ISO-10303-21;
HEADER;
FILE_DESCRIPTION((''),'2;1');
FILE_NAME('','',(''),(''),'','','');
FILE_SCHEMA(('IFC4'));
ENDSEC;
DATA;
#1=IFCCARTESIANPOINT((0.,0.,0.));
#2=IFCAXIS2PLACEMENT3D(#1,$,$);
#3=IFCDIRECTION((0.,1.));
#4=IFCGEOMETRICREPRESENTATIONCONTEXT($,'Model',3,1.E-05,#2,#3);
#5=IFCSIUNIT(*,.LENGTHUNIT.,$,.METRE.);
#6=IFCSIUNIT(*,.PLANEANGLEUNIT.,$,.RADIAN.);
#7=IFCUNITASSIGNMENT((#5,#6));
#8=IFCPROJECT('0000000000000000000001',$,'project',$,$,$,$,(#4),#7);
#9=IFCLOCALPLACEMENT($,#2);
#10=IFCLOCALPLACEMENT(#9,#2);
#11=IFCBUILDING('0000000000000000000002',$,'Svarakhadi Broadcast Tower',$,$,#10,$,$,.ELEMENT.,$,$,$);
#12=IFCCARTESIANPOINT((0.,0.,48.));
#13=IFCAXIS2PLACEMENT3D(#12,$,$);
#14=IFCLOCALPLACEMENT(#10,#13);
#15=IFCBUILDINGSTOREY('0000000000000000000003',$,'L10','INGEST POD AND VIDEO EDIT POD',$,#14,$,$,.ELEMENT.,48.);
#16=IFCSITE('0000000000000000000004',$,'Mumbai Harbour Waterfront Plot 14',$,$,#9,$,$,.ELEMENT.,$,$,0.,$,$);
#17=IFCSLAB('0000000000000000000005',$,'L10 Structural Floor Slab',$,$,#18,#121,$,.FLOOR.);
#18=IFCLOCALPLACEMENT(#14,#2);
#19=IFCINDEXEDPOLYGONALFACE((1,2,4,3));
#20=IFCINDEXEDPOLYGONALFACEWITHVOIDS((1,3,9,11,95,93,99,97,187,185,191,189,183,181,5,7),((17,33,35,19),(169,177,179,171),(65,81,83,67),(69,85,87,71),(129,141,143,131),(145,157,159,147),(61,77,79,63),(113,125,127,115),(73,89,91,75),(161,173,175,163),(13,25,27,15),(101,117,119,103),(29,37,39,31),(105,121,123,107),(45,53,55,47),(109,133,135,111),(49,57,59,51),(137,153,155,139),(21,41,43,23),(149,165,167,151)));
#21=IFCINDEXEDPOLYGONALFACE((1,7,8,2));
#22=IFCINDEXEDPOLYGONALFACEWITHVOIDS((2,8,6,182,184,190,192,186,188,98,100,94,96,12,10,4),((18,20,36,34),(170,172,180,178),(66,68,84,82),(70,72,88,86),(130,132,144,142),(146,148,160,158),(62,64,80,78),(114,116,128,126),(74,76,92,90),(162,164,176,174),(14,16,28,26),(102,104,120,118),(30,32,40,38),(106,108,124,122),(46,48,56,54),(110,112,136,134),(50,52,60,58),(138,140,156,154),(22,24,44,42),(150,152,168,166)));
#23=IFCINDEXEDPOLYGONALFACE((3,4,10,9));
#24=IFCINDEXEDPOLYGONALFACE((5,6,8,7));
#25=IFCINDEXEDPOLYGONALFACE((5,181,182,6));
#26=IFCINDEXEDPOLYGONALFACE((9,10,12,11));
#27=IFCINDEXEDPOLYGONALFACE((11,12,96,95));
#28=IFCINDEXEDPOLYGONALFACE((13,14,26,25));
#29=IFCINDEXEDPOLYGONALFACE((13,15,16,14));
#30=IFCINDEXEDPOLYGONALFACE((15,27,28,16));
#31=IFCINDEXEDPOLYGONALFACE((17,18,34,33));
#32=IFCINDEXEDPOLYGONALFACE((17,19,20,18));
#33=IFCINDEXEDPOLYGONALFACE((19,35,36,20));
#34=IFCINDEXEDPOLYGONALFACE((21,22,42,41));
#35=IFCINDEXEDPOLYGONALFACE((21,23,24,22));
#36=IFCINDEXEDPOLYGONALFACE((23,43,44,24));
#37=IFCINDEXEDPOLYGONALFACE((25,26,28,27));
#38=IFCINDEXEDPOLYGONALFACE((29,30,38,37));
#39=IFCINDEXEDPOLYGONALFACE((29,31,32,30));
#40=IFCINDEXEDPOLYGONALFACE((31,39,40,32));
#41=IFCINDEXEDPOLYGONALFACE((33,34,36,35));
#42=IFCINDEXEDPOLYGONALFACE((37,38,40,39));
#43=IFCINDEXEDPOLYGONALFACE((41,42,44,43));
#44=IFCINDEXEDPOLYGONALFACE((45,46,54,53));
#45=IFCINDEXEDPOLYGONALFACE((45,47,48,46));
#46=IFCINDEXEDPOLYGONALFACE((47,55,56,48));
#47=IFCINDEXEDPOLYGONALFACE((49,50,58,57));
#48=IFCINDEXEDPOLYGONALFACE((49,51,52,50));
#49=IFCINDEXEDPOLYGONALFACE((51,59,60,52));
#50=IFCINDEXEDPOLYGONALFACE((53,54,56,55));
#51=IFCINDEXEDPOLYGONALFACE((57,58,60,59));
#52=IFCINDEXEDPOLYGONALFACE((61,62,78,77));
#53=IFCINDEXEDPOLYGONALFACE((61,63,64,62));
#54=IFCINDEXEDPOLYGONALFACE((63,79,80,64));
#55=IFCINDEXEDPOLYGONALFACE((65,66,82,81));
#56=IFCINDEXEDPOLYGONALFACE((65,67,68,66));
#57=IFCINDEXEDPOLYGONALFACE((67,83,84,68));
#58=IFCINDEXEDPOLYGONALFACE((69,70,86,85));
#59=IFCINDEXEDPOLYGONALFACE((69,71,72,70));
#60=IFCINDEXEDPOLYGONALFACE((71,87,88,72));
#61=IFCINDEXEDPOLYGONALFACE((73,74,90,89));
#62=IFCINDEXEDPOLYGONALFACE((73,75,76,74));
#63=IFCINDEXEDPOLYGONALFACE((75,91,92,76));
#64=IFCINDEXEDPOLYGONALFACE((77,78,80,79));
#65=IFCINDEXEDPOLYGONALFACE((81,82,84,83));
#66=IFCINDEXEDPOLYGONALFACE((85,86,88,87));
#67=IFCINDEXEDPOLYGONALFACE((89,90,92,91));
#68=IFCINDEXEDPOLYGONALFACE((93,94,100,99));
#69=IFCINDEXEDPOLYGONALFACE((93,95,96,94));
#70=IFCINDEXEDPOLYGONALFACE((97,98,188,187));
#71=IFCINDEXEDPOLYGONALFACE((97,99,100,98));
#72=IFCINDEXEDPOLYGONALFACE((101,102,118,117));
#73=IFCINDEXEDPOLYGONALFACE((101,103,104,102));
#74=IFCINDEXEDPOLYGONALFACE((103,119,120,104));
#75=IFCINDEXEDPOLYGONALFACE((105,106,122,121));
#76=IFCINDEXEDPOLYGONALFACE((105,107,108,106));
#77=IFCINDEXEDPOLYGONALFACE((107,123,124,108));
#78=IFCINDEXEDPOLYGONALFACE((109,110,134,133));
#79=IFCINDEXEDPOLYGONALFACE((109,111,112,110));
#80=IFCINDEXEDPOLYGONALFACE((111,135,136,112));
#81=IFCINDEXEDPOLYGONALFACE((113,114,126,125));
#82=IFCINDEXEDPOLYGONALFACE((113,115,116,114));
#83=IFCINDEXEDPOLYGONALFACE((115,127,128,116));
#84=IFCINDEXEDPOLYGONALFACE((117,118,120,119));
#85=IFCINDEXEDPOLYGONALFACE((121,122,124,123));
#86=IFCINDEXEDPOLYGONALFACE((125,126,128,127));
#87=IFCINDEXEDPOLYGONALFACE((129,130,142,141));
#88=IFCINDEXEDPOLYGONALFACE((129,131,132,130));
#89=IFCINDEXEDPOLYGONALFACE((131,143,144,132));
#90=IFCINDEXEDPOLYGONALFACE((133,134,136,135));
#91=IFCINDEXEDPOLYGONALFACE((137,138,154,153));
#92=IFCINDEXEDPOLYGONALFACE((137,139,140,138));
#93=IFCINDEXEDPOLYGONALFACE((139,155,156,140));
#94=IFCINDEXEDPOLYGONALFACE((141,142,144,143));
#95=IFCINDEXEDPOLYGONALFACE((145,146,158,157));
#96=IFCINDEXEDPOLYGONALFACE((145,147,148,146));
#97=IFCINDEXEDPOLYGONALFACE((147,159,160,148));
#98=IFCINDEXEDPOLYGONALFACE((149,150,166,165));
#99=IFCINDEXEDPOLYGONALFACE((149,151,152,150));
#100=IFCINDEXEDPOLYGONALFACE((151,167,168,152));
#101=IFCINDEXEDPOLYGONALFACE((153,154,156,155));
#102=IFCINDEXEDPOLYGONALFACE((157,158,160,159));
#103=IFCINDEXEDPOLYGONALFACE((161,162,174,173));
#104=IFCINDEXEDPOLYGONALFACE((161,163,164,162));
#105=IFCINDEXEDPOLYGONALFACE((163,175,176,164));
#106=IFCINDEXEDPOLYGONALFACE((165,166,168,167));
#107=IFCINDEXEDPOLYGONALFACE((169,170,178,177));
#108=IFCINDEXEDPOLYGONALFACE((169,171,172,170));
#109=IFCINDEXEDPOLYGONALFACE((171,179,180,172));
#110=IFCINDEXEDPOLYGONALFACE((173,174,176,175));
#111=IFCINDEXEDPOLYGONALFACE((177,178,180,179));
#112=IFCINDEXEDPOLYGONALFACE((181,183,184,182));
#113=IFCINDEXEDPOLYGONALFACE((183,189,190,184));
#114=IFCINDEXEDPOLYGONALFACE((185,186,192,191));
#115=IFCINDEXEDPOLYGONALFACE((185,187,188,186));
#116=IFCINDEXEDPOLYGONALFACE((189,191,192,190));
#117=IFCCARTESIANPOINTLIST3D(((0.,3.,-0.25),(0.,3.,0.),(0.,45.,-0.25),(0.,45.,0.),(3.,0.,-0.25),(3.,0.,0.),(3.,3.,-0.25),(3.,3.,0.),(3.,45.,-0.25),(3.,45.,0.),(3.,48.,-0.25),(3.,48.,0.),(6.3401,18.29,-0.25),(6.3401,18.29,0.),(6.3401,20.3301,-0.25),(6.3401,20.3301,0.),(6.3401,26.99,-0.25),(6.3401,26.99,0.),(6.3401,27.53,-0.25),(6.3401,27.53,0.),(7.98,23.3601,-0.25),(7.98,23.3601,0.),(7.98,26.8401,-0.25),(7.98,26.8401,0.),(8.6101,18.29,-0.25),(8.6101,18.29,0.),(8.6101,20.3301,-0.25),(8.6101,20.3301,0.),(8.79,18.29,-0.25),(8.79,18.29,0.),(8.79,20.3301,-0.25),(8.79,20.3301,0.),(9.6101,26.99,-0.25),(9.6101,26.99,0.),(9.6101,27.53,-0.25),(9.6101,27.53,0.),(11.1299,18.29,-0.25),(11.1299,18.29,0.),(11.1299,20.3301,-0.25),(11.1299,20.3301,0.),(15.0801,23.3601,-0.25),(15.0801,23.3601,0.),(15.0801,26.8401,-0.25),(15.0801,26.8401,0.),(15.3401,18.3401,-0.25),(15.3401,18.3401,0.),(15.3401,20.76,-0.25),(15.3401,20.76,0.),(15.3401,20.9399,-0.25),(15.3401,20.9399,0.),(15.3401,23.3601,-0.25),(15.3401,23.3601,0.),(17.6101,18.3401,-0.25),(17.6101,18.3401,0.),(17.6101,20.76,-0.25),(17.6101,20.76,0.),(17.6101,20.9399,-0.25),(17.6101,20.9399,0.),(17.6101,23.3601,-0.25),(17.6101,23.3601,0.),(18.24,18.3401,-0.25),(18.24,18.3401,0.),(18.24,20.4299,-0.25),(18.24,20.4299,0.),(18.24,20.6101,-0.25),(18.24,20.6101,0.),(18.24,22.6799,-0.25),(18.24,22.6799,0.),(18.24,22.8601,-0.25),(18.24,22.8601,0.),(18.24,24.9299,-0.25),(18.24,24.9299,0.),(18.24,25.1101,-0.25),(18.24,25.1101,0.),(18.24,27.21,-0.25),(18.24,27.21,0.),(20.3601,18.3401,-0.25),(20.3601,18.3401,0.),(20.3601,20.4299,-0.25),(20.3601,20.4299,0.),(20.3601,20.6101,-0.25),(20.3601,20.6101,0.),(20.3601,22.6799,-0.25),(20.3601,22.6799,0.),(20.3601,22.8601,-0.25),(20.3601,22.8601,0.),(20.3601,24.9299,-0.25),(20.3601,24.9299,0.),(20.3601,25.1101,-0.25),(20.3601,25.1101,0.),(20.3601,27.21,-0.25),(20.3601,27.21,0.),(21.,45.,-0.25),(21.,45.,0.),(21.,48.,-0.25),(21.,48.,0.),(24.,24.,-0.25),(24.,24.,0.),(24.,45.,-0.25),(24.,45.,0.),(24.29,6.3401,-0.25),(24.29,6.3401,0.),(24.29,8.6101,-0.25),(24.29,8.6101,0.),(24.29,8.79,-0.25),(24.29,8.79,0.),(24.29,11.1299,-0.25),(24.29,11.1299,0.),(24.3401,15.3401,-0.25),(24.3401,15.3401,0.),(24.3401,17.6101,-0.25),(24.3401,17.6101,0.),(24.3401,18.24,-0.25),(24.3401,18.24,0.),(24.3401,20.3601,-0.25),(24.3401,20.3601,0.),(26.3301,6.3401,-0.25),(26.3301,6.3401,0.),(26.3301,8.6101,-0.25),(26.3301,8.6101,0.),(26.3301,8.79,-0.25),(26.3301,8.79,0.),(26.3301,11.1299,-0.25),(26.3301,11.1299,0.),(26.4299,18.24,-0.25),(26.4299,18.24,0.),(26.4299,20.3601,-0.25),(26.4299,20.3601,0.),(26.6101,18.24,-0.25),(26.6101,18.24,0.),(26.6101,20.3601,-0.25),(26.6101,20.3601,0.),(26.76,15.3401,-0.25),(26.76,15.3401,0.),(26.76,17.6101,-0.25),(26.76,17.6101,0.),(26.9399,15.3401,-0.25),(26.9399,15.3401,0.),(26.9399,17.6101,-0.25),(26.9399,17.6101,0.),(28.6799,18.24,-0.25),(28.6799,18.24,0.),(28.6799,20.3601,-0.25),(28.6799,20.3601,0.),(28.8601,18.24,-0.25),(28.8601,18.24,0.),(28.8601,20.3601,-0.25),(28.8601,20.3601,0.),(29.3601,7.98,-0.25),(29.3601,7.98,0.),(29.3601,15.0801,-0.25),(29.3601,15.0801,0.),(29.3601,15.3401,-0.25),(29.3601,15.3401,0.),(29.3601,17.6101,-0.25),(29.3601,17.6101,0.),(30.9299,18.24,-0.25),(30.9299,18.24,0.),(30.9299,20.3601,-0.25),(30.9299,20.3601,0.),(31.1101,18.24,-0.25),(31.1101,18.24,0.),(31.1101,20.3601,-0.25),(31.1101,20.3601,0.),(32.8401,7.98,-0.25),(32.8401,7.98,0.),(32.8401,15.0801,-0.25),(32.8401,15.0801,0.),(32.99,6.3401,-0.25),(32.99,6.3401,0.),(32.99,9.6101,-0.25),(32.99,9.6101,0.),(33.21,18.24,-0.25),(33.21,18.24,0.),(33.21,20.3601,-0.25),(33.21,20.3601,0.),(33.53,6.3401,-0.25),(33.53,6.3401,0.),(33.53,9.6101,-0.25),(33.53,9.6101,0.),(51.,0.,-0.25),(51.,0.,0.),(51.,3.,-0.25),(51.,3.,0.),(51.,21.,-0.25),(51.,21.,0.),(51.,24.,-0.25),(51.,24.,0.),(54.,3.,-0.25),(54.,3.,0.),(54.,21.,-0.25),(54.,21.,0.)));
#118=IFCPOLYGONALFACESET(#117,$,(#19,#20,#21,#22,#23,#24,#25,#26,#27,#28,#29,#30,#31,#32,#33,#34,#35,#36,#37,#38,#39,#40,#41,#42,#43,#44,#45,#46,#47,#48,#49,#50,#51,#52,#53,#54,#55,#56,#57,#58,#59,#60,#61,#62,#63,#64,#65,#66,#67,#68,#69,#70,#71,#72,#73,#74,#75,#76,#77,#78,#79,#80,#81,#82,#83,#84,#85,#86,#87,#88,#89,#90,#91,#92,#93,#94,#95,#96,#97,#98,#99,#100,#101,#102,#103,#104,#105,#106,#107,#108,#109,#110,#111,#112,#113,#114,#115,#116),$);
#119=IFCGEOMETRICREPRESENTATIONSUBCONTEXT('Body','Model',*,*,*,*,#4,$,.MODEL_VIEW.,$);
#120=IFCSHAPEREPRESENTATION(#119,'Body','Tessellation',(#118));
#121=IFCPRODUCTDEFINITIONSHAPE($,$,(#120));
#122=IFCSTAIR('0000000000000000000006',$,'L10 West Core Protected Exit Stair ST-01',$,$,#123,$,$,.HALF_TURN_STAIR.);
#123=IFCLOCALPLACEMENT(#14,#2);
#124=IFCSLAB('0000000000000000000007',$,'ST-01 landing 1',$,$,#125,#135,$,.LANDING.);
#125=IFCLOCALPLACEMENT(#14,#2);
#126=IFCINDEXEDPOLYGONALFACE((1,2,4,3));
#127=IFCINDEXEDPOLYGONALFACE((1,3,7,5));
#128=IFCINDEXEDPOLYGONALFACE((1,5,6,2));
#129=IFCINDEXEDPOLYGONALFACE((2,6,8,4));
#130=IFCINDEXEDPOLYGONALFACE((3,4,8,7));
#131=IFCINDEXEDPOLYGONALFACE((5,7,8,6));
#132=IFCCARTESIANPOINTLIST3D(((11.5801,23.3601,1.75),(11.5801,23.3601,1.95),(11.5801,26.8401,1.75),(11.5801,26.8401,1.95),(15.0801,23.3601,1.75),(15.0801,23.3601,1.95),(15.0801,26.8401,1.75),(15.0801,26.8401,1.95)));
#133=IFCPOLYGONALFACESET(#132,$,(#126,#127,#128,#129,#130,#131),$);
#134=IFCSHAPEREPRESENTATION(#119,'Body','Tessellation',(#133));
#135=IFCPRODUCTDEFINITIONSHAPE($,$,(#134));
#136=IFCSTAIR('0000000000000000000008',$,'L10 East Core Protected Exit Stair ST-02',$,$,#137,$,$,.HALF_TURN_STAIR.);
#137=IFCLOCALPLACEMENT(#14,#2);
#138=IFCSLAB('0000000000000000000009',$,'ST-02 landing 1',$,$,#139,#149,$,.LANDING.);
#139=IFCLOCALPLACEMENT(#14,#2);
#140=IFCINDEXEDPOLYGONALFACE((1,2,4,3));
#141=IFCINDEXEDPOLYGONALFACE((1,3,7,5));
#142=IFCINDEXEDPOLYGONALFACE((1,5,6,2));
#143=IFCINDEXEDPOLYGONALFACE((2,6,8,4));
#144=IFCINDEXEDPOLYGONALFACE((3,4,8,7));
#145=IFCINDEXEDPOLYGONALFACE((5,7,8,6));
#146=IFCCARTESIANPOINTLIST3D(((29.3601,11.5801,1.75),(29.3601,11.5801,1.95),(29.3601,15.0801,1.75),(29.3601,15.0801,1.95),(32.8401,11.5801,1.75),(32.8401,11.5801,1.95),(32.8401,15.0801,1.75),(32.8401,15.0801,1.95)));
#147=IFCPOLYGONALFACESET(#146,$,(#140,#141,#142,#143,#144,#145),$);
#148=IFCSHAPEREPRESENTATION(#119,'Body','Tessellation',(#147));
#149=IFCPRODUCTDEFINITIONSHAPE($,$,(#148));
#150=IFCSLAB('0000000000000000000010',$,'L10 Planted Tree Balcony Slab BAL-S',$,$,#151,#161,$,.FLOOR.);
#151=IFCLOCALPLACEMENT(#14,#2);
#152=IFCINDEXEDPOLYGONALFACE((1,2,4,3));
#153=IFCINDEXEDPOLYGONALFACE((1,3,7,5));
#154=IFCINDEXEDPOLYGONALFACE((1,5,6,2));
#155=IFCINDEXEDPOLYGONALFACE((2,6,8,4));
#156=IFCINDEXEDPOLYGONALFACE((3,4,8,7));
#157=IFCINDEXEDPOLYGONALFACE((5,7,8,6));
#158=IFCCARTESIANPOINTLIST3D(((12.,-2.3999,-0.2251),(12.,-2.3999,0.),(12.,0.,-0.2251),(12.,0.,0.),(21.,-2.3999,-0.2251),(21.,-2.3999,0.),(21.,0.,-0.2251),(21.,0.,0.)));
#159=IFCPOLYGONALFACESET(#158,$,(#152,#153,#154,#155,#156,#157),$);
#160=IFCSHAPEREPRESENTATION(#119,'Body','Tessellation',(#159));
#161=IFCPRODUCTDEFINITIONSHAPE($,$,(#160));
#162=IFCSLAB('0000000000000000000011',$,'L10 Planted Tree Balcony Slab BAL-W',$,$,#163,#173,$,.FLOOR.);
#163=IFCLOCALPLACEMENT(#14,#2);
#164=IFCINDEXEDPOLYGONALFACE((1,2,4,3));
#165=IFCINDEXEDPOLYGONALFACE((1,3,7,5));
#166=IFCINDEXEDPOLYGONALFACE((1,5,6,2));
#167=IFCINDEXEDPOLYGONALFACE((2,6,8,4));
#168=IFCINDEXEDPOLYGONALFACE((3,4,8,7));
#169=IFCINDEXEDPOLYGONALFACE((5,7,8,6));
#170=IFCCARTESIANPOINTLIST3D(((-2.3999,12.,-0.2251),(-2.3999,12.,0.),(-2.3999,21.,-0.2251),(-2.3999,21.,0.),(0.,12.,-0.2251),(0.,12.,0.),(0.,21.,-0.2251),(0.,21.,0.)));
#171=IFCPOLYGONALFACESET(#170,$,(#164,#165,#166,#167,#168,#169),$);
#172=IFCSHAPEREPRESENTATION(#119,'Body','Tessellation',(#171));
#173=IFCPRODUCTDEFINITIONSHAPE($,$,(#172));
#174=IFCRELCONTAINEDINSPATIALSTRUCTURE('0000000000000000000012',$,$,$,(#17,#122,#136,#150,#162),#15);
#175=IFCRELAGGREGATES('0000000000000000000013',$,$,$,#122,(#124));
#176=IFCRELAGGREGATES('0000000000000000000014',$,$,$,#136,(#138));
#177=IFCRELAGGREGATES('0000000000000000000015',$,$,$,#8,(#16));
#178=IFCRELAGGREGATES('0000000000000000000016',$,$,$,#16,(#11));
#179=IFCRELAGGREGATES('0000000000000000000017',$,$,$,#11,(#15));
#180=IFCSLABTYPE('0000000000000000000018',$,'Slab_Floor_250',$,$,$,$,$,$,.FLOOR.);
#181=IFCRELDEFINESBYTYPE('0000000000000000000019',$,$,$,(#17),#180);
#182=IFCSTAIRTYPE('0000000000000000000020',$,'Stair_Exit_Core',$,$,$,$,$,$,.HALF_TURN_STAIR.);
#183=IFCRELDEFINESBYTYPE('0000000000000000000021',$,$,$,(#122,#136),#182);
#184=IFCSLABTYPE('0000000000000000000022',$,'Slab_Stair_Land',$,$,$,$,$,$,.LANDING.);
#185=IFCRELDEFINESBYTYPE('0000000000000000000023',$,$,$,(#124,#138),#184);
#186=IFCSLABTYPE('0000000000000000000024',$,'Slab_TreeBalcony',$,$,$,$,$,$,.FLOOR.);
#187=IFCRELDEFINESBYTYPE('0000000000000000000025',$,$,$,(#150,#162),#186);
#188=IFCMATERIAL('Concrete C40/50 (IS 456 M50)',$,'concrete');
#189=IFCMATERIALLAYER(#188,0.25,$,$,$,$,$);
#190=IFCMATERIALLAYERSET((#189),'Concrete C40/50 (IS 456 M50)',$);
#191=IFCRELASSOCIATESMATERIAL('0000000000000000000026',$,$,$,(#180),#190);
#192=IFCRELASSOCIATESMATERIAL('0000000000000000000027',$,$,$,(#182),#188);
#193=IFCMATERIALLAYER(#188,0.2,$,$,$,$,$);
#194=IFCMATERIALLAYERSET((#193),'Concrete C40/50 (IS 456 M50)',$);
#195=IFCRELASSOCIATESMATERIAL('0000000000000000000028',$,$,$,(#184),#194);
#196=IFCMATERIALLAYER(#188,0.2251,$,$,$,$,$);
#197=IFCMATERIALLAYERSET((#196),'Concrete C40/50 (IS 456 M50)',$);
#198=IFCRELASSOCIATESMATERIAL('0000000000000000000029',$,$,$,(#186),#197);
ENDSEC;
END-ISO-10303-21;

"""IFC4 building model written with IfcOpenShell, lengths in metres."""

from ifc_helpers import new_model, si_unit, direction, frame, origin, place, context, subcontext, project, spatial, polyline, outline, extrude, material, layer, layer_set, type_object, element, aggregate, save


model = new_model("IFC4")

# Units and contexts
model_context = context("Model", 3, precision=1e-05, world=origin(), true_north=direction((0.0, 1.0)))
body_context = subcontext(model_context, "Body", "Model", "MODEL_VIEW")
ifc_project = project(units=[si_unit("LENGTHUNIT", "METRE"), si_unit("PLANEANGLEUNIT", "RADIAN")], contexts=[model_context])

# Site, building, storey
site_placement = place(None, origin())
site = spatial("IfcSite", under=ifc_project, at=site_placement, Name="Mumbai Harbour Waterfront Plot 14", CompositionType="ELEMENT", RefElevation=0.0)
building_placement = place(site_placement, origin())
building = spatial("IfcBuilding", under=site, at=building_placement, Name="Svarakhadi Broadcast Tower", CompositionType="ELEMENT")
storey_placement = place(building_placement, frame((0.0, 0.0, 48.0)))
storey = spatial("IfcBuildingStorey", under=building, at=storey_placement, Name="L10", Description="INGEST POD AND VIDEO EDIT POD", CompositionType="ELEMENT", Elevation=48.0)

# Slab
ifc_material_1 = material(Name="Concrete C40/50 (IS 456 M50)", Category="concrete")
ifc_layer_1 = layer(ifc_material_1, 0.25)
ifc_layer_set_1 = layer_set([ifc_layer_1], Name="Concrete C40/50 (IS 456 M50)")
slab_type_1 = type_object("IfcSlabType", Name="Slab_Floor_250", PredefinedType="FLOOR", material=ifc_layer_set_1)
slab_1_placement = place(storey_placement, frame((0.0, 0.0, -0.25)))
element("IfcSlab", 1, at=slab_1_placement, inside=storey, type_object=slab_type_1, Name="L10 Structural Floor Slab", PredefinedType="FLOOR", context=body_context, shape_type="SweptSolid", body=[
    extrude(outline(polyline([(3.0, 0.0), (51.0, 0.0), (51.0, 3.0), (54.0, 3.0), (54.0, 21.0), (51.0, 21.0), (51.0, 24.0), (24.0, 24.0), (24.0, 45.0), (21.0, 45.0), (21.0, 48.0), (3.0, 48.0), (3.0, 45.0), (0.0, 45.0), (0.0, 3.0), (3.0, 3.0), (3.0, 0.0)]), holes=[polyline([(7.98, 23.3601), (15.0801, 23.3601), (15.0801, 26.8401), (7.98, 26.8401), (7.98, 23.3601)]), polyline([(32.8401, 7.98), (32.8401, 15.0801), (29.3601, 15.0801), (29.3601, 7.98), (32.8401, 7.98)]), polyline([(6.3401, 18.29), (8.6101, 18.29), (8.6101, 20.3301), (6.3401, 20.3301), (6.3401, 18.29)]), polyline([(8.79, 18.29), (11.1299, 18.29), (11.1299, 20.3301), (8.79, 20.3301), (8.79, 18.29)]), polyline([(24.29, 6.3401), (26.3301, 6.3401), (26.3301, 8.6101), (24.29, 8.6101), (24.29, 6.3401)]), polyline([(24.29, 8.79), (26.3301, 8.79), (26.3301, 11.1299), (24.29, 11.1299), (24.29, 8.79)]), polyline([(6.3401, 26.99), (9.6101, 26.99), (9.6101, 27.53), (6.3401, 27.53), (6.3401, 26.99)]), polyline([(32.99, 6.3401), (33.53, 6.3401), (33.53, 9.6101), (32.99, 9.6101), (32.99, 6.3401)]), polyline([(15.3401, 18.3401), (17.6101, 18.3401), (17.6101, 20.76), (15.3401, 20.76), (15.3401, 18.3401)]), polyline([(15.3401, 20.9399), (17.6101, 20.9399), (17.6101, 23.3601), (15.3401, 23.3601), (15.3401, 20.9399)]), polyline([(24.3401, 15.3401), (26.76, 15.3401), (26.76, 17.6101), (24.3401, 17.6101), (24.3401, 15.3401)]), polyline([(26.9399, 15.3401), (29.3601, 15.3401), (29.3601, 17.6101), (26.9399, 17.6101), (26.9399, 15.3401)]), polyline([(18.24, 18.3401), (20.3601, 18.3401), (20.3601, 20.4299), (18.24, 20.4299), (18.24, 18.3401)]), polyline([(18.24, 20.6101), (20.3601, 20.6101), (20.3601, 22.6799), (18.24, 22.6799), (18.24, 20.6101)]), polyline([(18.24, 22.8601), (20.3601, 22.8601), (20.3601, 24.9299), (18.24, 24.9299), (18.24, 22.8601)]), polyline([(18.24, 25.1101), (20.3601, 25.1101), (20.3601, 27.21), (18.24, 27.21), (18.24, 25.1101)]), polyline([(24.3401, 18.24), (26.4299, 18.24), (26.4299, 20.3601), (24.3401, 20.3601), (24.3401, 18.24)]), polyline([(26.6101, 18.24), (28.6799, 18.24), (28.6799, 20.3601), (26.6101, 20.3601), (26.6101, 18.24)]), polyline([(28.8601, 18.24), (30.9299, 18.24), (30.9299, 20.3601), (28.8601, 20.3601), (28.8601, 18.24)]), polyline([(31.1101, 18.24), (33.21, 18.24), (33.21, 20.3601), (31.1101, 20.3601), (31.1101, 18.24)])]), origin(), (0.0, 0.0, 1.0), 0.25),
])

# Stairs, slabs
stair_type = type_object("IfcStairType", Name="Stair_Exit_Core", PredefinedType="HALF_TURN_STAIR", material=ifc_material_1)
stair_1_placement = place(storey_placement, origin())
stair_1 = element("IfcStair", 2, at=stair_1_placement, inside=storey, type_object=stair_type, Name="L10 West Core Protected Exit Stair ST-01", PredefinedType="HALF_TURN_STAIR")
ifc_layer_2 = layer(ifc_material_1, 0.2)
ifc_layer_set_2 = layer_set([ifc_layer_2], Name="Concrete C40/50 (IS 456 M50)")
slab_type_2 = type_object("IfcSlabType", Name="Slab_Stair_Land", PredefinedType="LANDING", material=ifc_layer_set_2)
slab_2_placement = place(storey_placement, frame((0.0, 0.0, 1.75)))
slab_2 = element("IfcSlab", 3, at=slab_2_placement, type_object=slab_type_2, Name="ST-01 landing 1", PredefinedType="LANDING", context=body_context, shape_type="SweptSolid", body=[
    extrude(outline(polyline([(11.5801, 23.3601), (15.0801, 23.3601), (15.0801, 26.8401), (11.5801, 26.8401), (11.5801, 23.3601)])), origin(), (0.0, 0.0, 1.0), 0.2),
])
aggregate(stair_1, [slab_2])
stair_2_placement = place(storey_placement, origin())
stair_2 = element("IfcStair", 4, at=stair_2_placement, inside=storey, type_object=stair_type, Name="L10 East Core Protected Exit Stair ST-02", PredefinedType="HALF_TURN_STAIR")
slab_3_placement = place(storey_placement, frame((0.0, 0.0, 1.75)))
slab_3 = element("IfcSlab", 5, at=slab_3_placement, type_object=slab_type_2, Name="ST-02 landing 1", PredefinedType="LANDING", context=body_context, shape_type="SweptSolid", body=[
    extrude(outline(polyline([(32.8401, 11.5801), (32.8401, 15.0801), (29.3601, 15.0801), (29.3601, 11.5801), (32.8401, 11.5801)])), origin(), (0.0, 0.0, 1.0), 0.2),
])
aggregate(stair_2, [slab_3])

# Slabs
ifc_layer_3 = layer(ifc_material_1, 0.2251)
ifc_layer_set_3 = layer_set([ifc_layer_3], Name="Concrete C40/50 (IS 456 M50)")
slab_type_3 = type_object("IfcSlabType", Name="Slab_TreeBalcony", PredefinedType="FLOOR", material=ifc_layer_set_3)
slab_4_placement = place(storey_placement, frame((0.0, 0.0, -0.2251)))
element("IfcSlab", 6, at=slab_4_placement, inside=storey, type_object=slab_type_3, Name="L10 Planted Tree Balcony Slab BAL-S", PredefinedType="FLOOR", context=body_context, shape_type="SweptSolid", body=[
    extrude(outline(polyline([(12.0, -2.3999), (21.0, -2.3999), (21.0, 0.0), (12.0, 0.0), (12.0, -2.3999)])), origin(), (0.0, 0.0, 1.0), 0.2251),
])
slab_5_placement = place(storey_placement, frame((0.0, 0.0, -0.2251)))
element("IfcSlab", 7, at=slab_5_placement, inside=storey, type_object=slab_type_3, Name="L10 Planted Tree Balcony Slab BAL-W", PredefinedType="FLOOR", context=body_context, shape_type="SweptSolid", body=[
    extrude(outline(polyline([(-2.3999, 12.0), (0.0, 12.0), (0.0, 21.0), (-2.3999, 21.0), (-2.3999, 12.0)])), origin(), (0.0, 0.0, 1.0), 0.2251),
])

save(model, "model.ifc")
